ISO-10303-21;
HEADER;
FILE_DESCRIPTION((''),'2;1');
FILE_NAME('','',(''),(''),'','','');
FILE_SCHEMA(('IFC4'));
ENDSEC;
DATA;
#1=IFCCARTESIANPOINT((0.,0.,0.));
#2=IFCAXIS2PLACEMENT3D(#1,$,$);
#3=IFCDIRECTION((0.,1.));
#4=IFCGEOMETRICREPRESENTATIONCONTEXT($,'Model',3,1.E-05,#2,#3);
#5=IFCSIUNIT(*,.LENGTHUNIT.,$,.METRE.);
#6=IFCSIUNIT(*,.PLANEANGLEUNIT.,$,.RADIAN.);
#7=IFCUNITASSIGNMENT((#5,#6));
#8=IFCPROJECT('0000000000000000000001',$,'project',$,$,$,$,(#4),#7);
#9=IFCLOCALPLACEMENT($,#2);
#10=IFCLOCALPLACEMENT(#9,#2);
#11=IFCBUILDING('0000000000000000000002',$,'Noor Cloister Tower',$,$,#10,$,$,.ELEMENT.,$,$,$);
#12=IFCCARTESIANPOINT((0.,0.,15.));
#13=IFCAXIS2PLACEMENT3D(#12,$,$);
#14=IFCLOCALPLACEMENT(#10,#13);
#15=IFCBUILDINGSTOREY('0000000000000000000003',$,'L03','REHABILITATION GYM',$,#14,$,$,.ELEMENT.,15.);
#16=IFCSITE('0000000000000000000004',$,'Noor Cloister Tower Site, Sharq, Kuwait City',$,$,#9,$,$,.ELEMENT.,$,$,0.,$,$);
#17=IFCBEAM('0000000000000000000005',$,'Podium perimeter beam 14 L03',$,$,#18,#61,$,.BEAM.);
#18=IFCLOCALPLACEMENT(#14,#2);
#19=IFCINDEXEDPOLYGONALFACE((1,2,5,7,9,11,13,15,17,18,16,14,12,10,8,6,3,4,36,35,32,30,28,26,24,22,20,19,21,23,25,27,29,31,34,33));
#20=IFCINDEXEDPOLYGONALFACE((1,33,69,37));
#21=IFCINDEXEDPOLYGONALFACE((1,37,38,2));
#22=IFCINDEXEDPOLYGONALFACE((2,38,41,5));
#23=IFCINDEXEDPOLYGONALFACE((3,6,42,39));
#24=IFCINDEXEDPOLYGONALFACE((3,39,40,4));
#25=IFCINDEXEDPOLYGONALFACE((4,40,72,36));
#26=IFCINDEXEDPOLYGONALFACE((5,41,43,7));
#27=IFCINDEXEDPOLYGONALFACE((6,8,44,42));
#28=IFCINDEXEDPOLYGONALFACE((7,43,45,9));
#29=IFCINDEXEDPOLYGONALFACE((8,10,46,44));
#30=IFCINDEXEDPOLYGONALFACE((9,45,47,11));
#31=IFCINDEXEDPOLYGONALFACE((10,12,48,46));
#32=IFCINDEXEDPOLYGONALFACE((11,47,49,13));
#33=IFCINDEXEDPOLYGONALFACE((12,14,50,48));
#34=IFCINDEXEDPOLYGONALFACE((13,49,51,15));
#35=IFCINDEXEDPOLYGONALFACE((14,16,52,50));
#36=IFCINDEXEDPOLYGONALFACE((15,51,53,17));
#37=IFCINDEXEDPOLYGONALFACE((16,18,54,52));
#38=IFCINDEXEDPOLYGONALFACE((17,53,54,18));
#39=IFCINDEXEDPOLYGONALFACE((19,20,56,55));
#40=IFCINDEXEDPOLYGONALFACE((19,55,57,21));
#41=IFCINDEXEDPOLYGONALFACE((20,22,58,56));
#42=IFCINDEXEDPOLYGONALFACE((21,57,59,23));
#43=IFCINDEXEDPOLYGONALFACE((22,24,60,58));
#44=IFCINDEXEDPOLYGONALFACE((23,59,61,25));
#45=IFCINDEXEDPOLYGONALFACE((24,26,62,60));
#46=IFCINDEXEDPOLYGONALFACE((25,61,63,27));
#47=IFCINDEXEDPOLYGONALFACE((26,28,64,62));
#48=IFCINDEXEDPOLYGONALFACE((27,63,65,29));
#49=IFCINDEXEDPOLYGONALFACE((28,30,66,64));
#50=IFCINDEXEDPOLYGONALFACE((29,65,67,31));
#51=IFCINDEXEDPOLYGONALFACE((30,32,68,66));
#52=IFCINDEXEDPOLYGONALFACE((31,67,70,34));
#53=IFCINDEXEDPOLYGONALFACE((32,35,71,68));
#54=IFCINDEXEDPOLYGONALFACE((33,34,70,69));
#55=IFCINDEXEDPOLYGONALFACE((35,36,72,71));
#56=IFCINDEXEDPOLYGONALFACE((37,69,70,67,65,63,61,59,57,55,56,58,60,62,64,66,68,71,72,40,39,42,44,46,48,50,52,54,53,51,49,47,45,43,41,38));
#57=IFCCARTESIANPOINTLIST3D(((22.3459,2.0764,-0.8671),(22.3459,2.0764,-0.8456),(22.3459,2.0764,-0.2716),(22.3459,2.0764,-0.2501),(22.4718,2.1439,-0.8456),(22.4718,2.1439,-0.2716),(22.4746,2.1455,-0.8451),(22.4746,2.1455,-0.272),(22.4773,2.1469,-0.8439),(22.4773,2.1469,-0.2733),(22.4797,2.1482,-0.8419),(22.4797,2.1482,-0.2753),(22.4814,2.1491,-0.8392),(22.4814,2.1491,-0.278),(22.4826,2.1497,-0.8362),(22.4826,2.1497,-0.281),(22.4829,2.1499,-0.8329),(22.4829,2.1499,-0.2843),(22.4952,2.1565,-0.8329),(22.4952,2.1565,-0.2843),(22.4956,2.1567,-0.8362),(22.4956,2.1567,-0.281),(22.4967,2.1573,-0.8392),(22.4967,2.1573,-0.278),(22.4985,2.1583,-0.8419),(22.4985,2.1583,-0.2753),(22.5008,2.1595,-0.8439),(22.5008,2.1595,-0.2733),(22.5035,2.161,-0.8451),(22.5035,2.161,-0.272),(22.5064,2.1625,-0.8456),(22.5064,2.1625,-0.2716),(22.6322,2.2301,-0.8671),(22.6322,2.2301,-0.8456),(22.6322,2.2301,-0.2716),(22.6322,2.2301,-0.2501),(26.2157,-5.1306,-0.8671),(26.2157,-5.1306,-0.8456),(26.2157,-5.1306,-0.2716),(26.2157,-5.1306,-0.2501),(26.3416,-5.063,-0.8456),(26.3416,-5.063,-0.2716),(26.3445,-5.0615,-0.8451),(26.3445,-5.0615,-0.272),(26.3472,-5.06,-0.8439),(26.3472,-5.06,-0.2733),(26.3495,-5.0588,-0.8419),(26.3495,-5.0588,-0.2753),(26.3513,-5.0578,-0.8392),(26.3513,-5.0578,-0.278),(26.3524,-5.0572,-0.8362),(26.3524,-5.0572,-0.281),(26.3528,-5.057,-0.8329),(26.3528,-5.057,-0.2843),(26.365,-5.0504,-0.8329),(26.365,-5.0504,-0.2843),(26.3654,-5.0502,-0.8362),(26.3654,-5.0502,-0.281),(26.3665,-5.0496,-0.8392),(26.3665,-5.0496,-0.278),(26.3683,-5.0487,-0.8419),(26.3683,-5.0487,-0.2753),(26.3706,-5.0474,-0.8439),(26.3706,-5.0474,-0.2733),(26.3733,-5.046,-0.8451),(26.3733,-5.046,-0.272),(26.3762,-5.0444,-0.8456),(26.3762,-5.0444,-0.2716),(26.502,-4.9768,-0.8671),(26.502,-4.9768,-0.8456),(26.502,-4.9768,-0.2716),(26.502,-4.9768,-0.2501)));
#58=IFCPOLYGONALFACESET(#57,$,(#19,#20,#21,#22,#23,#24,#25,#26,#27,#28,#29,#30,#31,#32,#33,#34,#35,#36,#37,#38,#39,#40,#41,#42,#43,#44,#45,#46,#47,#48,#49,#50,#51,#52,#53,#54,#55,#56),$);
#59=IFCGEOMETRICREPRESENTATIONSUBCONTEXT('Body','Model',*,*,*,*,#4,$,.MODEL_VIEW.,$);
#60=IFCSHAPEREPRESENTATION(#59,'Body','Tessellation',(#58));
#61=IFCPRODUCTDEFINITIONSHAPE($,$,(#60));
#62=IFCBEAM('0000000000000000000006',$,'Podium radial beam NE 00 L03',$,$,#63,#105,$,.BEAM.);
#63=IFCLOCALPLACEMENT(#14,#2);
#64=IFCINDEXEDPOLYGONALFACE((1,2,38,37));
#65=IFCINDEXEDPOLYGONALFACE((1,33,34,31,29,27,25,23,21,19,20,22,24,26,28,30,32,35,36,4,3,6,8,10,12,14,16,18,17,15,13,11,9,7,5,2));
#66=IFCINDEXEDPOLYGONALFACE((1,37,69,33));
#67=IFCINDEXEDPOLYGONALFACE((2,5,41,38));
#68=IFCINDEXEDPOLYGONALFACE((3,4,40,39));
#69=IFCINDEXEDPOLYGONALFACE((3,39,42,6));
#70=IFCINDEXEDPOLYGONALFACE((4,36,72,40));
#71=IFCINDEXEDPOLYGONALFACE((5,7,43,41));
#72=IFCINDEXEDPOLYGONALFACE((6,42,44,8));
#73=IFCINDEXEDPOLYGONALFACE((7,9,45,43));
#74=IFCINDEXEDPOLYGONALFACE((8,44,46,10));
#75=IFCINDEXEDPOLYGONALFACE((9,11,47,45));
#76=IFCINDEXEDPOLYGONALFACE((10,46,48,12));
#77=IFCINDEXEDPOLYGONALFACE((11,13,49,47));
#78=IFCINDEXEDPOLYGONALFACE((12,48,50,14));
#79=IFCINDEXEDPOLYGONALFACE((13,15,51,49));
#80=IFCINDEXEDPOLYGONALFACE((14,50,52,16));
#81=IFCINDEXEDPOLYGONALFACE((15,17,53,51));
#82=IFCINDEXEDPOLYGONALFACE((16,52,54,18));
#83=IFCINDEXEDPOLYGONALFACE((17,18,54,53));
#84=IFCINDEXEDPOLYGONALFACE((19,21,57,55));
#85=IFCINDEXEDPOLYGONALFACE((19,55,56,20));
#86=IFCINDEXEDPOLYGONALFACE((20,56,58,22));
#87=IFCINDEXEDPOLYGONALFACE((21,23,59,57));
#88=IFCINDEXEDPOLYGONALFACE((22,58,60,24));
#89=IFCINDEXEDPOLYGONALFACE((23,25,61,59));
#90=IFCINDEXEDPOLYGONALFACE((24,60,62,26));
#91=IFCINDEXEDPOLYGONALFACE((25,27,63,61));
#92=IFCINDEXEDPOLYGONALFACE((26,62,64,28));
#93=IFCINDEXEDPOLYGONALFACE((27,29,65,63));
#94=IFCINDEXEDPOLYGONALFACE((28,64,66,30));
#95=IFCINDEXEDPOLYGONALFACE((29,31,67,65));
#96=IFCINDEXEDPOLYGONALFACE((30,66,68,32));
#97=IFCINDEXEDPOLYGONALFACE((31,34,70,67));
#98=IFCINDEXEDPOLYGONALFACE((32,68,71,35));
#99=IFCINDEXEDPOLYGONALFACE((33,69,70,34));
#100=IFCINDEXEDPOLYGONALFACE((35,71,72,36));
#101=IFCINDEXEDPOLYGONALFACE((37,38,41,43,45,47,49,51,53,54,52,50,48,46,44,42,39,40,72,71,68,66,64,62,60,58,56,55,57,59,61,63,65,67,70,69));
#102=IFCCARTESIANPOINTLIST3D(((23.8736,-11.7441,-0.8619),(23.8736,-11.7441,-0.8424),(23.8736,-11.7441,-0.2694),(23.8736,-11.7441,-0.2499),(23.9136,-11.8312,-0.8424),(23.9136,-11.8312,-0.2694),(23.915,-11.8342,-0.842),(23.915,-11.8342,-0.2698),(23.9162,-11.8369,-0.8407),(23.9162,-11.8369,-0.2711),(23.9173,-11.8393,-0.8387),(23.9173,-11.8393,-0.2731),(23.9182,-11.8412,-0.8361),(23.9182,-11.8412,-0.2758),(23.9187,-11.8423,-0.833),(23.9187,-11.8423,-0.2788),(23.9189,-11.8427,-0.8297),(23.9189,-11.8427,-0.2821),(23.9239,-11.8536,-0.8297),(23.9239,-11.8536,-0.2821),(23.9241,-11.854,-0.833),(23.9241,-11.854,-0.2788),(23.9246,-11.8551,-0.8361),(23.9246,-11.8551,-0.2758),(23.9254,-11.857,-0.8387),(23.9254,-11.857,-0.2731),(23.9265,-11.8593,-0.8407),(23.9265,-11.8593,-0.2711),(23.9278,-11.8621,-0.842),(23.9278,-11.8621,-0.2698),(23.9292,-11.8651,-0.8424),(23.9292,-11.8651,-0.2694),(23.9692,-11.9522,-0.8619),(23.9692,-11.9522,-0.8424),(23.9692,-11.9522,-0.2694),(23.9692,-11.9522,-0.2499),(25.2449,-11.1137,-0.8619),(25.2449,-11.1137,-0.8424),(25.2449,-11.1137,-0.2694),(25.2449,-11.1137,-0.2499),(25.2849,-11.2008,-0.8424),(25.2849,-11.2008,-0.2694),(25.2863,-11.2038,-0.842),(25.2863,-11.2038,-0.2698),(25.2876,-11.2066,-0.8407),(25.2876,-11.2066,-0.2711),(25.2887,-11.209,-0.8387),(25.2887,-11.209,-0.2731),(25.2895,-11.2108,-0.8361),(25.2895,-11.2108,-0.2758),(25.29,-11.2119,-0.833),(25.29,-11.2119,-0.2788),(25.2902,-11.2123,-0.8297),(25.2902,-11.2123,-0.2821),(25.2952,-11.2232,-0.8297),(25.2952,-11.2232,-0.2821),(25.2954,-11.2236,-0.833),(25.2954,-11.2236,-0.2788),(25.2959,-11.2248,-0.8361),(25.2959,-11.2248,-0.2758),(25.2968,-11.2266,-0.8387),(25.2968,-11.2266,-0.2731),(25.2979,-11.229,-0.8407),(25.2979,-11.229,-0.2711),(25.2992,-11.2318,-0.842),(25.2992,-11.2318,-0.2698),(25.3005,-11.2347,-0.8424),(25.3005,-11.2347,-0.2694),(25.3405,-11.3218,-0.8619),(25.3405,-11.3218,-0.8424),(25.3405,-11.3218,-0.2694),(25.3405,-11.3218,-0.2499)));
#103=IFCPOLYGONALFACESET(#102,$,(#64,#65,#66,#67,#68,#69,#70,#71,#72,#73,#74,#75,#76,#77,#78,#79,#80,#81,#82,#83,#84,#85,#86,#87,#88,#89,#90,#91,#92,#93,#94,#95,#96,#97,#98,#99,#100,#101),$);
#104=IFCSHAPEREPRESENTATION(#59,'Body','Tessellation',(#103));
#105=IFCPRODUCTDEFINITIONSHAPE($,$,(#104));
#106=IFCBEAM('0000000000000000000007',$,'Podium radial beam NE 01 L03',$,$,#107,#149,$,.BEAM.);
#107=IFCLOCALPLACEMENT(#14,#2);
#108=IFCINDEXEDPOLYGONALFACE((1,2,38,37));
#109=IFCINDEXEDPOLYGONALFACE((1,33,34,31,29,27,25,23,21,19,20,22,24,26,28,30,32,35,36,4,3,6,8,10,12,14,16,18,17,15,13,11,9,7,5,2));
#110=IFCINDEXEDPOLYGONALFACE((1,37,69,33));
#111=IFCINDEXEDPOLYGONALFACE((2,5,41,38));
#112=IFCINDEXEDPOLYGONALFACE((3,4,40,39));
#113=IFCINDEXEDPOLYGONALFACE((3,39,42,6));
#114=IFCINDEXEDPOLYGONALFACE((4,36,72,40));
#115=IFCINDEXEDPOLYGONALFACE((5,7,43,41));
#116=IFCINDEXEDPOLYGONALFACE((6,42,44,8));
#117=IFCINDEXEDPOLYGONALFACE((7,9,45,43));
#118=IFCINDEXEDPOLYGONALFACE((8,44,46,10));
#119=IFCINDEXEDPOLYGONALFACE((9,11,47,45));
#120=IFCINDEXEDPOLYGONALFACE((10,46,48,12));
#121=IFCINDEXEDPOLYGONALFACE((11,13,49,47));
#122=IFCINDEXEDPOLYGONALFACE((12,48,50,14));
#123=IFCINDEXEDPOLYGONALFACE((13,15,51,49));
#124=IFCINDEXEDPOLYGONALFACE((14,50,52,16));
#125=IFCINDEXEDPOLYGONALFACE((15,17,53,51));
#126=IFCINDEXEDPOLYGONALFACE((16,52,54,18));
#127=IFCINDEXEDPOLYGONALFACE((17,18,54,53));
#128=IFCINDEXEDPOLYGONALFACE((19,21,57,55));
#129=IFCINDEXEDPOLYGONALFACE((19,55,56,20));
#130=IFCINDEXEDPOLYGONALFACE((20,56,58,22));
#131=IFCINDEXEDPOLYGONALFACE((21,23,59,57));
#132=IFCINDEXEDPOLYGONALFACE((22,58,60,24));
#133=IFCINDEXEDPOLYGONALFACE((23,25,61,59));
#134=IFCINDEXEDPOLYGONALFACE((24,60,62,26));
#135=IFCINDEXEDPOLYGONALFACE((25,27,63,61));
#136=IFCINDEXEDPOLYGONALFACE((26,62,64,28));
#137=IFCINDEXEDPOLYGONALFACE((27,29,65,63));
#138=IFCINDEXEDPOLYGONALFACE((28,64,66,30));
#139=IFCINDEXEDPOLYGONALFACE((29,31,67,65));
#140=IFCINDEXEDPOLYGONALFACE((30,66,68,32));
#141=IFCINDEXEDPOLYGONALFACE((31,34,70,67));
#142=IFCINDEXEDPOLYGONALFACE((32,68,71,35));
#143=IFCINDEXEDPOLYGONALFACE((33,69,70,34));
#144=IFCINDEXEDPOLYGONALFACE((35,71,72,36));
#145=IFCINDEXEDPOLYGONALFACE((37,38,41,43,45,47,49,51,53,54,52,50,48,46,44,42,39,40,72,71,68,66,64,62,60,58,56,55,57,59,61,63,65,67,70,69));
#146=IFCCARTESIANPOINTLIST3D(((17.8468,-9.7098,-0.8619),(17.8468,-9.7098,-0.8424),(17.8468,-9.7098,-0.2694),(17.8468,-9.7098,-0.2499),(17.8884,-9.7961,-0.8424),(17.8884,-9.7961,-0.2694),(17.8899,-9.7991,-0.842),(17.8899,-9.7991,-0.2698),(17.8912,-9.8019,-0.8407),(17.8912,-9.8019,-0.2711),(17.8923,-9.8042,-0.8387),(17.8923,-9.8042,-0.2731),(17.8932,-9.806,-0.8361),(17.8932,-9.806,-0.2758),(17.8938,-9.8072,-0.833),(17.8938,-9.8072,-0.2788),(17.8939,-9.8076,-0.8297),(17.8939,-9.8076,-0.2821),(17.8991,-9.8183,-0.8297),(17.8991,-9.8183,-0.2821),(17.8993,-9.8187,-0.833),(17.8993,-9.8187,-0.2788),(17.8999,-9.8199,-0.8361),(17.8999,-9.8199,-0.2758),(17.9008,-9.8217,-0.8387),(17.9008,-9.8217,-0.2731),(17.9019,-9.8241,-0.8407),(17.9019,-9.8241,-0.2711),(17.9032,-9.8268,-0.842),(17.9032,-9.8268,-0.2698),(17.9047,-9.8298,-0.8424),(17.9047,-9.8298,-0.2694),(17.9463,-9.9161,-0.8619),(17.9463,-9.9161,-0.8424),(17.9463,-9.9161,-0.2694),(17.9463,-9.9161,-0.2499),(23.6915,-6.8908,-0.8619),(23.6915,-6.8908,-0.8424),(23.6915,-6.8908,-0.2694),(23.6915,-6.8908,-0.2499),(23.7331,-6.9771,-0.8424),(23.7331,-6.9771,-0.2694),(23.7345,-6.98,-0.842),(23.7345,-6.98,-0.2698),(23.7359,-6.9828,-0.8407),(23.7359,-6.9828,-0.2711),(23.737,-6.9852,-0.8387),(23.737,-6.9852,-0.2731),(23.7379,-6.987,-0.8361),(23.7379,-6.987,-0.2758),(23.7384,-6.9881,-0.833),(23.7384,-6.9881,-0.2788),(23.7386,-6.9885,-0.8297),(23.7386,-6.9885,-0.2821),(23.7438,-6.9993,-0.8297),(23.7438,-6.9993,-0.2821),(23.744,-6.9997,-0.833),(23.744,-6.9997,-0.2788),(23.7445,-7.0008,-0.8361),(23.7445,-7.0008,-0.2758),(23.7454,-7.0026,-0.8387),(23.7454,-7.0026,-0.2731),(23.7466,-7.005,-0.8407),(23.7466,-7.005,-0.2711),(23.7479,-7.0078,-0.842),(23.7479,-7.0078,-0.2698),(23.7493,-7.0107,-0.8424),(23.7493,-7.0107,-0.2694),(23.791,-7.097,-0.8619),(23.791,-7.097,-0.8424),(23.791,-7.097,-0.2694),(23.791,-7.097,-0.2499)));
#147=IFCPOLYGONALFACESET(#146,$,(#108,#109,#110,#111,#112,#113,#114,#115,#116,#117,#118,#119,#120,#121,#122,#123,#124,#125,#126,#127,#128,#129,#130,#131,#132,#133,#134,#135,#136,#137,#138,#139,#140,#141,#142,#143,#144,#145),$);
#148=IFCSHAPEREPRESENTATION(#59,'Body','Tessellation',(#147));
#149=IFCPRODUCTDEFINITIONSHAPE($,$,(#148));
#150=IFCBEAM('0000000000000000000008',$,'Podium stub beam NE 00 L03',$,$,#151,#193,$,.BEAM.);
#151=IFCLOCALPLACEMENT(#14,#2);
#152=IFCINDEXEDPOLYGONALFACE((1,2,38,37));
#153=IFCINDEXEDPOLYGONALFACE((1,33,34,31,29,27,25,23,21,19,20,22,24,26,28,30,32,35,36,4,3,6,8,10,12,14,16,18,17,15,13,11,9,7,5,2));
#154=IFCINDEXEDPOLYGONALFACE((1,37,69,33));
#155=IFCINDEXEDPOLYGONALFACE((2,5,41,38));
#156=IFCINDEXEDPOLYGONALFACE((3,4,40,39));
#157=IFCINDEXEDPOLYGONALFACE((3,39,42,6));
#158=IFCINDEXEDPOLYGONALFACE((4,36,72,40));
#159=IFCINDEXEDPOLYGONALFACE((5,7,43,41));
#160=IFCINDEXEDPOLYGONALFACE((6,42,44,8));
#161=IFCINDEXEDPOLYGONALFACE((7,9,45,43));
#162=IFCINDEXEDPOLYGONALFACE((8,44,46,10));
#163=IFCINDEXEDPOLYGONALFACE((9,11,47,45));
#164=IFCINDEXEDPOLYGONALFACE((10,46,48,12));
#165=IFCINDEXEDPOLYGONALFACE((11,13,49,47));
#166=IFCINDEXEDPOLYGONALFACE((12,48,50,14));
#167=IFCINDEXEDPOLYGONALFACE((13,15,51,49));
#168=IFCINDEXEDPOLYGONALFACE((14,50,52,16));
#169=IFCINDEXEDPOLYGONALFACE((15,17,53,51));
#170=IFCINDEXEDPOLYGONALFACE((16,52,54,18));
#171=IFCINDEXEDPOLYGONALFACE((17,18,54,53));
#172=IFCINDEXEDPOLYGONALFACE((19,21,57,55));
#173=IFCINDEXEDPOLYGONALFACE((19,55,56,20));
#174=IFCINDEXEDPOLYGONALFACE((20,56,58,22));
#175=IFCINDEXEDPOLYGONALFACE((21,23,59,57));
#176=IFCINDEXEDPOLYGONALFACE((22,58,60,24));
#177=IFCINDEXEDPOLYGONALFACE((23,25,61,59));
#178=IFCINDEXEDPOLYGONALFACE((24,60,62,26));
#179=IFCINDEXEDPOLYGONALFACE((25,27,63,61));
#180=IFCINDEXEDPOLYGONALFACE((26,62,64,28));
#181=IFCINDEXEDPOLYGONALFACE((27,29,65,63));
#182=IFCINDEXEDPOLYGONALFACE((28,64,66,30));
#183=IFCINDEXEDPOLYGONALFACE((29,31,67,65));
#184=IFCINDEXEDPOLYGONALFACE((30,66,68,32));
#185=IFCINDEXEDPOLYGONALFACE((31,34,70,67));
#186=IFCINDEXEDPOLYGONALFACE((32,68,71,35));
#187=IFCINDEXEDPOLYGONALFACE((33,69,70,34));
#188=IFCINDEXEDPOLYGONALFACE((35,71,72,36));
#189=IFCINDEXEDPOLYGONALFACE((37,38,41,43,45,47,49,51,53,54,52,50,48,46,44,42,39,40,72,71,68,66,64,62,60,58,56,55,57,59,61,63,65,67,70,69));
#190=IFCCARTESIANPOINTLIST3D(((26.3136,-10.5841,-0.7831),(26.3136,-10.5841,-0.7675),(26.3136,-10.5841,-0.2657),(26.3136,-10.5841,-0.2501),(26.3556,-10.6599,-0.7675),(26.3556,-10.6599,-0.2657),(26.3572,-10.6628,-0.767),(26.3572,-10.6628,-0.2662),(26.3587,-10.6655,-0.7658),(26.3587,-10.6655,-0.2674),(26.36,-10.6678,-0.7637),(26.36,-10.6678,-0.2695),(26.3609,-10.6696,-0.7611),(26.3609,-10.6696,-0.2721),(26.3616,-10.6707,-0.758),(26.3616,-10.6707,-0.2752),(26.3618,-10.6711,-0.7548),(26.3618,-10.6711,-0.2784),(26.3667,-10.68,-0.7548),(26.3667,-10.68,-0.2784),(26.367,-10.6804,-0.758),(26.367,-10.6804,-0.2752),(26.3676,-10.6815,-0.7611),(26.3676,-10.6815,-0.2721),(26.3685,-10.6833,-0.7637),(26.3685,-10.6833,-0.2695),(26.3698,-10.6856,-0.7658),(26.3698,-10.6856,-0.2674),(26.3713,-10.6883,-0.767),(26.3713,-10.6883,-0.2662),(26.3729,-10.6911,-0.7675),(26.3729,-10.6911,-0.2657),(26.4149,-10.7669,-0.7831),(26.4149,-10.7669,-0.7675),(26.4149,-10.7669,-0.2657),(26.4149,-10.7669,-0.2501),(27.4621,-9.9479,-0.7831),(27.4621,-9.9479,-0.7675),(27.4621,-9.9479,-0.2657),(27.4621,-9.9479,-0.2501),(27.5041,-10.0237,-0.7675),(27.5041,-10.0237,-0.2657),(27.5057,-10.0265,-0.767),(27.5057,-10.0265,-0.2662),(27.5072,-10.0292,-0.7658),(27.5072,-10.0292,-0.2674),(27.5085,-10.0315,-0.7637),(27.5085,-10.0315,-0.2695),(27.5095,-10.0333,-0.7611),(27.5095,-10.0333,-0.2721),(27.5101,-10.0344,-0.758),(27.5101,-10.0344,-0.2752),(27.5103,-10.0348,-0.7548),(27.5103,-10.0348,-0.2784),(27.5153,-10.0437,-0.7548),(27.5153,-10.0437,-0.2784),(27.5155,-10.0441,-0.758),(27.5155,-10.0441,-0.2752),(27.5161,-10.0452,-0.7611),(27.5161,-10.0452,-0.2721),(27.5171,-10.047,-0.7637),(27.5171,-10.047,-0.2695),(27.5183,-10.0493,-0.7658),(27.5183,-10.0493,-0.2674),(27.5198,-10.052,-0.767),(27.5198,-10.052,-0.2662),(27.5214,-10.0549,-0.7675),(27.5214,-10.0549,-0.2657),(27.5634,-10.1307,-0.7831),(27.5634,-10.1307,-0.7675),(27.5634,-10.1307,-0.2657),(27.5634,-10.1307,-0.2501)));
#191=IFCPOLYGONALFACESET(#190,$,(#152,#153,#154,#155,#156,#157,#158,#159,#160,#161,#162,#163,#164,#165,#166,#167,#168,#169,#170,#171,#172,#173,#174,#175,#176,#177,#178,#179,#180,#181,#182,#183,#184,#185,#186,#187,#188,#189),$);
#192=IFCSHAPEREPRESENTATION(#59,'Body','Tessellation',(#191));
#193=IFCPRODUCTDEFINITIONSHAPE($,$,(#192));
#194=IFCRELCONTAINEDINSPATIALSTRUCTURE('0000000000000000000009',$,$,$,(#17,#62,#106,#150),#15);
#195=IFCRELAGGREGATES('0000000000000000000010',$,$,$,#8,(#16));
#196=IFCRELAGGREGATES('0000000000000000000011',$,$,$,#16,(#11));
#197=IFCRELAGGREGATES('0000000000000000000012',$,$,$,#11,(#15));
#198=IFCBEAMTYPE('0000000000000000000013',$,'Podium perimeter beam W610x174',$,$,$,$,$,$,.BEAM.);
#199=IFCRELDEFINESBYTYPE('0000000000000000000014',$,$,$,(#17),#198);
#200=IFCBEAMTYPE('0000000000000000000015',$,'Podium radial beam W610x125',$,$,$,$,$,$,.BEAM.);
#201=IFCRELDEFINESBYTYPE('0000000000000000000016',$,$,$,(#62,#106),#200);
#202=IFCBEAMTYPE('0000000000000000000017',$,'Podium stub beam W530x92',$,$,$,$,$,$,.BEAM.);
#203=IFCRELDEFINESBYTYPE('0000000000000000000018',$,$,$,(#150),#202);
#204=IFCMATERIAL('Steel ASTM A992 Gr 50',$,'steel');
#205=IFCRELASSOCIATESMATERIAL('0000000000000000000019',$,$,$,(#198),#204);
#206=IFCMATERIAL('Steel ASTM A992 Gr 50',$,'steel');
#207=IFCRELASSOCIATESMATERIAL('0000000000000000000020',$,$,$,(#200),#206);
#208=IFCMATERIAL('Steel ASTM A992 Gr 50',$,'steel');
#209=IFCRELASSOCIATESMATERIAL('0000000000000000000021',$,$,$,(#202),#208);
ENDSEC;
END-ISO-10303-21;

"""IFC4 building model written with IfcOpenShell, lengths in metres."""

from ifc_helpers import new_model, si_unit, direction, frame, origin, origin_2d, place, context, subcontext, project, spatial, i_section, extrude, material, material_profile, profile_set, type_object, element, save


model = new_model("IFC4")

# Units and contexts
model_context = context("Model", 3, precision=1e-05, world=origin(), true_north=direction((0.0, 1.0)))
body_context = subcontext(model_context, "Body", "Model", "MODEL_VIEW")
ifc_project = project(units=[si_unit("LENGTHUNIT", "METRE"), si_unit("PLANEANGLEUNIT", "RADIAN")], contexts=[model_context])

# Site, building, storey
site_placement = place(None, origin())
site = spatial("IfcSite", under=ifc_project, at=site_placement, Name="Noor Cloister Tower Site, Sharq, Kuwait City", CompositionType="ELEMENT", RefElevation=0.0)
building_placement = place(site_placement, origin())
building = spatial("IfcBuilding", under=site, at=building_placement, Name="Noor Cloister Tower", CompositionType="ELEMENT")
storey_placement = place(building_placement, frame((0.0, 0.0, 15.0)))
storey = spatial("IfcBuildingStorey", under=building, at=storey_placement, Name="L03", Description="REHABILITATION GYM", CompositionType="ELEMENT", Elevation=15.0)

# Beams
ifc_material_1 = material(Name="Steel ASTM A992 Gr 50", Category="steel")
ifc_material_profile_1 = material_profile(ifc_material_1, i_section(OverallWidth=0.325, OverallDepth=0.6169, WebThickness=0.0139, FlangeThickness=0.0215, FilletRadius=0.0127, at=origin_2d()), Name="W610x174")
ifc_profile_set_1 = profile_set([ifc_material_profile_1], Name="Steel ASTM A992 Gr 50")
beam_type_1 = type_object("IfcBeamType", Name="Podium perimeter beam W610x174", PredefinedType="BEAM", material=ifc_profile_set_1)
beam_1_placement = place(storey_placement, frame((26.3589, -5.0537, -0.5586), z_axis=(-0.473073, 0.881023, 0.0), x_axis=(-0.881023, -0.473073, 0.0)))
element("IfcBeam", 1, at=beam_1_placement, inside=storey, type_object=beam_type_1, Name="Podium perimeter beam 14 L03", PredefinedType="BEAM", context=body_context, shape_type="SweptSolid", body=[
    extrude(i_section(OverallWidth=0.325, OverallDepth=0.6169, WebThickness=0.0139, FlangeThickness=0.0215, FilletRadius=0.0127, at=origin_2d()), origin(), (0.0, 0.0, 1.0), 8.1802),
])
ifc_material_2 = material(Name="Steel ASTM A992 Gr 50", Category="steel")
ifc_material_profile_2 = material_profile(ifc_material_2, i_section(OverallWidth=0.229, OverallDepth=0.6121, WebThickness=0.012, FlangeThickness=0.0195, FilletRadius=0.0127, at=origin_2d()), Name="W610x125")
ifc_profile_set_2 = profile_set([ifc_material_profile_2], Name="Steel ASTM A992 Gr 50")
beam_type_2 = type_object("IfcBeamType", Name="Podium radial beam W610x125", PredefinedType="BEAM", material=ifc_profile_set_2)
beam_2_placement = place(storey_placement, frame((25.2927, -11.2178, -0.5559), z_axis=(-0.908602, -0.417663, 0.0), x_axis=(0.417663, -0.908602, 0.0)))
element("IfcBeam", 2, at=beam_2_placement, inside=storey, type_object=beam_type_2, Name="Podium radial beam NE 00 L03", PredefinedType="BEAM", context=body_context, shape_type="SweptSolid", body=[
    extrude(i_section(OverallWidth=0.229, OverallDepth=0.6121, WebThickness=0.012, FlangeThickness=0.0195, FilletRadius=0.0127, at=origin_2d()), origin(), (0.0, 0.0, 1.0), 1.5093),
])
beam_3_placement = place(storey_placement, frame((23.7412, -6.9939, -0.5559), z_axis=(-0.900702, -0.434437, 0.0), x_axis=(0.434437, -0.900702, 0.0)))
element("IfcBeam", 3, at=beam_3_placement, inside=storey, type_object=beam_type_2, Name="Podium radial beam NE 01 L03", PredefinedType="BEAM", context=body_context, shape_type="SweptSolid", body=[
    extrude(i_section(OverallWidth=0.229, OverallDepth=0.6121, WebThickness=0.012, FlangeThickness=0.0195, FilletRadius=0.0127, at=origin_2d()), origin(), (0.0, 0.0, 1.0), 6.489),
])
ifc_material_3 = material(Name="Steel ASTM A992 Gr 50", Category="steel")
ifc_material_profile_3 = material_profile(ifc_material_3, i_section(OverallWidth=0.209, OverallDepth=0.533, WebThickness=0.0103, FlangeThickness=0.0156, FilletRadius=0.0127, at=origin_2d()), Name="W530x92")
ifc_profile_set_3 = profile_set([ifc_material_profile_3], Name="Steel ASTM A992 Gr 50")
beam_type_3 = type_object("IfcBeamType", Name="Podium stub beam W530x92", PredefinedType="BEAM", material=ifc_profile_set_3)
beam_4_placement = place(storey_placement, frame((26.3643, -10.6755, -0.5166), z_axis=(0.874736, 0.484601, 0.0), x_axis=(-0.484601, 0.874736, 0.0)))
element("IfcBeam", 4, at=beam_4_placement, inside=storey, type_object=beam_type_3, Name="Podium stub beam NE 00 L03", PredefinedType="BEAM", context=body_context, shape_type="SweptSolid", body=[
    extrude(i_section(OverallWidth=0.209, OverallDepth=0.533, WebThickness=0.0103, FlangeThickness=0.0156, FilletRadius=0.0127, at=origin_2d()), origin(), (0.0, 0.0, 1.0), 1.313),
])

save(model, "model.ifc")
